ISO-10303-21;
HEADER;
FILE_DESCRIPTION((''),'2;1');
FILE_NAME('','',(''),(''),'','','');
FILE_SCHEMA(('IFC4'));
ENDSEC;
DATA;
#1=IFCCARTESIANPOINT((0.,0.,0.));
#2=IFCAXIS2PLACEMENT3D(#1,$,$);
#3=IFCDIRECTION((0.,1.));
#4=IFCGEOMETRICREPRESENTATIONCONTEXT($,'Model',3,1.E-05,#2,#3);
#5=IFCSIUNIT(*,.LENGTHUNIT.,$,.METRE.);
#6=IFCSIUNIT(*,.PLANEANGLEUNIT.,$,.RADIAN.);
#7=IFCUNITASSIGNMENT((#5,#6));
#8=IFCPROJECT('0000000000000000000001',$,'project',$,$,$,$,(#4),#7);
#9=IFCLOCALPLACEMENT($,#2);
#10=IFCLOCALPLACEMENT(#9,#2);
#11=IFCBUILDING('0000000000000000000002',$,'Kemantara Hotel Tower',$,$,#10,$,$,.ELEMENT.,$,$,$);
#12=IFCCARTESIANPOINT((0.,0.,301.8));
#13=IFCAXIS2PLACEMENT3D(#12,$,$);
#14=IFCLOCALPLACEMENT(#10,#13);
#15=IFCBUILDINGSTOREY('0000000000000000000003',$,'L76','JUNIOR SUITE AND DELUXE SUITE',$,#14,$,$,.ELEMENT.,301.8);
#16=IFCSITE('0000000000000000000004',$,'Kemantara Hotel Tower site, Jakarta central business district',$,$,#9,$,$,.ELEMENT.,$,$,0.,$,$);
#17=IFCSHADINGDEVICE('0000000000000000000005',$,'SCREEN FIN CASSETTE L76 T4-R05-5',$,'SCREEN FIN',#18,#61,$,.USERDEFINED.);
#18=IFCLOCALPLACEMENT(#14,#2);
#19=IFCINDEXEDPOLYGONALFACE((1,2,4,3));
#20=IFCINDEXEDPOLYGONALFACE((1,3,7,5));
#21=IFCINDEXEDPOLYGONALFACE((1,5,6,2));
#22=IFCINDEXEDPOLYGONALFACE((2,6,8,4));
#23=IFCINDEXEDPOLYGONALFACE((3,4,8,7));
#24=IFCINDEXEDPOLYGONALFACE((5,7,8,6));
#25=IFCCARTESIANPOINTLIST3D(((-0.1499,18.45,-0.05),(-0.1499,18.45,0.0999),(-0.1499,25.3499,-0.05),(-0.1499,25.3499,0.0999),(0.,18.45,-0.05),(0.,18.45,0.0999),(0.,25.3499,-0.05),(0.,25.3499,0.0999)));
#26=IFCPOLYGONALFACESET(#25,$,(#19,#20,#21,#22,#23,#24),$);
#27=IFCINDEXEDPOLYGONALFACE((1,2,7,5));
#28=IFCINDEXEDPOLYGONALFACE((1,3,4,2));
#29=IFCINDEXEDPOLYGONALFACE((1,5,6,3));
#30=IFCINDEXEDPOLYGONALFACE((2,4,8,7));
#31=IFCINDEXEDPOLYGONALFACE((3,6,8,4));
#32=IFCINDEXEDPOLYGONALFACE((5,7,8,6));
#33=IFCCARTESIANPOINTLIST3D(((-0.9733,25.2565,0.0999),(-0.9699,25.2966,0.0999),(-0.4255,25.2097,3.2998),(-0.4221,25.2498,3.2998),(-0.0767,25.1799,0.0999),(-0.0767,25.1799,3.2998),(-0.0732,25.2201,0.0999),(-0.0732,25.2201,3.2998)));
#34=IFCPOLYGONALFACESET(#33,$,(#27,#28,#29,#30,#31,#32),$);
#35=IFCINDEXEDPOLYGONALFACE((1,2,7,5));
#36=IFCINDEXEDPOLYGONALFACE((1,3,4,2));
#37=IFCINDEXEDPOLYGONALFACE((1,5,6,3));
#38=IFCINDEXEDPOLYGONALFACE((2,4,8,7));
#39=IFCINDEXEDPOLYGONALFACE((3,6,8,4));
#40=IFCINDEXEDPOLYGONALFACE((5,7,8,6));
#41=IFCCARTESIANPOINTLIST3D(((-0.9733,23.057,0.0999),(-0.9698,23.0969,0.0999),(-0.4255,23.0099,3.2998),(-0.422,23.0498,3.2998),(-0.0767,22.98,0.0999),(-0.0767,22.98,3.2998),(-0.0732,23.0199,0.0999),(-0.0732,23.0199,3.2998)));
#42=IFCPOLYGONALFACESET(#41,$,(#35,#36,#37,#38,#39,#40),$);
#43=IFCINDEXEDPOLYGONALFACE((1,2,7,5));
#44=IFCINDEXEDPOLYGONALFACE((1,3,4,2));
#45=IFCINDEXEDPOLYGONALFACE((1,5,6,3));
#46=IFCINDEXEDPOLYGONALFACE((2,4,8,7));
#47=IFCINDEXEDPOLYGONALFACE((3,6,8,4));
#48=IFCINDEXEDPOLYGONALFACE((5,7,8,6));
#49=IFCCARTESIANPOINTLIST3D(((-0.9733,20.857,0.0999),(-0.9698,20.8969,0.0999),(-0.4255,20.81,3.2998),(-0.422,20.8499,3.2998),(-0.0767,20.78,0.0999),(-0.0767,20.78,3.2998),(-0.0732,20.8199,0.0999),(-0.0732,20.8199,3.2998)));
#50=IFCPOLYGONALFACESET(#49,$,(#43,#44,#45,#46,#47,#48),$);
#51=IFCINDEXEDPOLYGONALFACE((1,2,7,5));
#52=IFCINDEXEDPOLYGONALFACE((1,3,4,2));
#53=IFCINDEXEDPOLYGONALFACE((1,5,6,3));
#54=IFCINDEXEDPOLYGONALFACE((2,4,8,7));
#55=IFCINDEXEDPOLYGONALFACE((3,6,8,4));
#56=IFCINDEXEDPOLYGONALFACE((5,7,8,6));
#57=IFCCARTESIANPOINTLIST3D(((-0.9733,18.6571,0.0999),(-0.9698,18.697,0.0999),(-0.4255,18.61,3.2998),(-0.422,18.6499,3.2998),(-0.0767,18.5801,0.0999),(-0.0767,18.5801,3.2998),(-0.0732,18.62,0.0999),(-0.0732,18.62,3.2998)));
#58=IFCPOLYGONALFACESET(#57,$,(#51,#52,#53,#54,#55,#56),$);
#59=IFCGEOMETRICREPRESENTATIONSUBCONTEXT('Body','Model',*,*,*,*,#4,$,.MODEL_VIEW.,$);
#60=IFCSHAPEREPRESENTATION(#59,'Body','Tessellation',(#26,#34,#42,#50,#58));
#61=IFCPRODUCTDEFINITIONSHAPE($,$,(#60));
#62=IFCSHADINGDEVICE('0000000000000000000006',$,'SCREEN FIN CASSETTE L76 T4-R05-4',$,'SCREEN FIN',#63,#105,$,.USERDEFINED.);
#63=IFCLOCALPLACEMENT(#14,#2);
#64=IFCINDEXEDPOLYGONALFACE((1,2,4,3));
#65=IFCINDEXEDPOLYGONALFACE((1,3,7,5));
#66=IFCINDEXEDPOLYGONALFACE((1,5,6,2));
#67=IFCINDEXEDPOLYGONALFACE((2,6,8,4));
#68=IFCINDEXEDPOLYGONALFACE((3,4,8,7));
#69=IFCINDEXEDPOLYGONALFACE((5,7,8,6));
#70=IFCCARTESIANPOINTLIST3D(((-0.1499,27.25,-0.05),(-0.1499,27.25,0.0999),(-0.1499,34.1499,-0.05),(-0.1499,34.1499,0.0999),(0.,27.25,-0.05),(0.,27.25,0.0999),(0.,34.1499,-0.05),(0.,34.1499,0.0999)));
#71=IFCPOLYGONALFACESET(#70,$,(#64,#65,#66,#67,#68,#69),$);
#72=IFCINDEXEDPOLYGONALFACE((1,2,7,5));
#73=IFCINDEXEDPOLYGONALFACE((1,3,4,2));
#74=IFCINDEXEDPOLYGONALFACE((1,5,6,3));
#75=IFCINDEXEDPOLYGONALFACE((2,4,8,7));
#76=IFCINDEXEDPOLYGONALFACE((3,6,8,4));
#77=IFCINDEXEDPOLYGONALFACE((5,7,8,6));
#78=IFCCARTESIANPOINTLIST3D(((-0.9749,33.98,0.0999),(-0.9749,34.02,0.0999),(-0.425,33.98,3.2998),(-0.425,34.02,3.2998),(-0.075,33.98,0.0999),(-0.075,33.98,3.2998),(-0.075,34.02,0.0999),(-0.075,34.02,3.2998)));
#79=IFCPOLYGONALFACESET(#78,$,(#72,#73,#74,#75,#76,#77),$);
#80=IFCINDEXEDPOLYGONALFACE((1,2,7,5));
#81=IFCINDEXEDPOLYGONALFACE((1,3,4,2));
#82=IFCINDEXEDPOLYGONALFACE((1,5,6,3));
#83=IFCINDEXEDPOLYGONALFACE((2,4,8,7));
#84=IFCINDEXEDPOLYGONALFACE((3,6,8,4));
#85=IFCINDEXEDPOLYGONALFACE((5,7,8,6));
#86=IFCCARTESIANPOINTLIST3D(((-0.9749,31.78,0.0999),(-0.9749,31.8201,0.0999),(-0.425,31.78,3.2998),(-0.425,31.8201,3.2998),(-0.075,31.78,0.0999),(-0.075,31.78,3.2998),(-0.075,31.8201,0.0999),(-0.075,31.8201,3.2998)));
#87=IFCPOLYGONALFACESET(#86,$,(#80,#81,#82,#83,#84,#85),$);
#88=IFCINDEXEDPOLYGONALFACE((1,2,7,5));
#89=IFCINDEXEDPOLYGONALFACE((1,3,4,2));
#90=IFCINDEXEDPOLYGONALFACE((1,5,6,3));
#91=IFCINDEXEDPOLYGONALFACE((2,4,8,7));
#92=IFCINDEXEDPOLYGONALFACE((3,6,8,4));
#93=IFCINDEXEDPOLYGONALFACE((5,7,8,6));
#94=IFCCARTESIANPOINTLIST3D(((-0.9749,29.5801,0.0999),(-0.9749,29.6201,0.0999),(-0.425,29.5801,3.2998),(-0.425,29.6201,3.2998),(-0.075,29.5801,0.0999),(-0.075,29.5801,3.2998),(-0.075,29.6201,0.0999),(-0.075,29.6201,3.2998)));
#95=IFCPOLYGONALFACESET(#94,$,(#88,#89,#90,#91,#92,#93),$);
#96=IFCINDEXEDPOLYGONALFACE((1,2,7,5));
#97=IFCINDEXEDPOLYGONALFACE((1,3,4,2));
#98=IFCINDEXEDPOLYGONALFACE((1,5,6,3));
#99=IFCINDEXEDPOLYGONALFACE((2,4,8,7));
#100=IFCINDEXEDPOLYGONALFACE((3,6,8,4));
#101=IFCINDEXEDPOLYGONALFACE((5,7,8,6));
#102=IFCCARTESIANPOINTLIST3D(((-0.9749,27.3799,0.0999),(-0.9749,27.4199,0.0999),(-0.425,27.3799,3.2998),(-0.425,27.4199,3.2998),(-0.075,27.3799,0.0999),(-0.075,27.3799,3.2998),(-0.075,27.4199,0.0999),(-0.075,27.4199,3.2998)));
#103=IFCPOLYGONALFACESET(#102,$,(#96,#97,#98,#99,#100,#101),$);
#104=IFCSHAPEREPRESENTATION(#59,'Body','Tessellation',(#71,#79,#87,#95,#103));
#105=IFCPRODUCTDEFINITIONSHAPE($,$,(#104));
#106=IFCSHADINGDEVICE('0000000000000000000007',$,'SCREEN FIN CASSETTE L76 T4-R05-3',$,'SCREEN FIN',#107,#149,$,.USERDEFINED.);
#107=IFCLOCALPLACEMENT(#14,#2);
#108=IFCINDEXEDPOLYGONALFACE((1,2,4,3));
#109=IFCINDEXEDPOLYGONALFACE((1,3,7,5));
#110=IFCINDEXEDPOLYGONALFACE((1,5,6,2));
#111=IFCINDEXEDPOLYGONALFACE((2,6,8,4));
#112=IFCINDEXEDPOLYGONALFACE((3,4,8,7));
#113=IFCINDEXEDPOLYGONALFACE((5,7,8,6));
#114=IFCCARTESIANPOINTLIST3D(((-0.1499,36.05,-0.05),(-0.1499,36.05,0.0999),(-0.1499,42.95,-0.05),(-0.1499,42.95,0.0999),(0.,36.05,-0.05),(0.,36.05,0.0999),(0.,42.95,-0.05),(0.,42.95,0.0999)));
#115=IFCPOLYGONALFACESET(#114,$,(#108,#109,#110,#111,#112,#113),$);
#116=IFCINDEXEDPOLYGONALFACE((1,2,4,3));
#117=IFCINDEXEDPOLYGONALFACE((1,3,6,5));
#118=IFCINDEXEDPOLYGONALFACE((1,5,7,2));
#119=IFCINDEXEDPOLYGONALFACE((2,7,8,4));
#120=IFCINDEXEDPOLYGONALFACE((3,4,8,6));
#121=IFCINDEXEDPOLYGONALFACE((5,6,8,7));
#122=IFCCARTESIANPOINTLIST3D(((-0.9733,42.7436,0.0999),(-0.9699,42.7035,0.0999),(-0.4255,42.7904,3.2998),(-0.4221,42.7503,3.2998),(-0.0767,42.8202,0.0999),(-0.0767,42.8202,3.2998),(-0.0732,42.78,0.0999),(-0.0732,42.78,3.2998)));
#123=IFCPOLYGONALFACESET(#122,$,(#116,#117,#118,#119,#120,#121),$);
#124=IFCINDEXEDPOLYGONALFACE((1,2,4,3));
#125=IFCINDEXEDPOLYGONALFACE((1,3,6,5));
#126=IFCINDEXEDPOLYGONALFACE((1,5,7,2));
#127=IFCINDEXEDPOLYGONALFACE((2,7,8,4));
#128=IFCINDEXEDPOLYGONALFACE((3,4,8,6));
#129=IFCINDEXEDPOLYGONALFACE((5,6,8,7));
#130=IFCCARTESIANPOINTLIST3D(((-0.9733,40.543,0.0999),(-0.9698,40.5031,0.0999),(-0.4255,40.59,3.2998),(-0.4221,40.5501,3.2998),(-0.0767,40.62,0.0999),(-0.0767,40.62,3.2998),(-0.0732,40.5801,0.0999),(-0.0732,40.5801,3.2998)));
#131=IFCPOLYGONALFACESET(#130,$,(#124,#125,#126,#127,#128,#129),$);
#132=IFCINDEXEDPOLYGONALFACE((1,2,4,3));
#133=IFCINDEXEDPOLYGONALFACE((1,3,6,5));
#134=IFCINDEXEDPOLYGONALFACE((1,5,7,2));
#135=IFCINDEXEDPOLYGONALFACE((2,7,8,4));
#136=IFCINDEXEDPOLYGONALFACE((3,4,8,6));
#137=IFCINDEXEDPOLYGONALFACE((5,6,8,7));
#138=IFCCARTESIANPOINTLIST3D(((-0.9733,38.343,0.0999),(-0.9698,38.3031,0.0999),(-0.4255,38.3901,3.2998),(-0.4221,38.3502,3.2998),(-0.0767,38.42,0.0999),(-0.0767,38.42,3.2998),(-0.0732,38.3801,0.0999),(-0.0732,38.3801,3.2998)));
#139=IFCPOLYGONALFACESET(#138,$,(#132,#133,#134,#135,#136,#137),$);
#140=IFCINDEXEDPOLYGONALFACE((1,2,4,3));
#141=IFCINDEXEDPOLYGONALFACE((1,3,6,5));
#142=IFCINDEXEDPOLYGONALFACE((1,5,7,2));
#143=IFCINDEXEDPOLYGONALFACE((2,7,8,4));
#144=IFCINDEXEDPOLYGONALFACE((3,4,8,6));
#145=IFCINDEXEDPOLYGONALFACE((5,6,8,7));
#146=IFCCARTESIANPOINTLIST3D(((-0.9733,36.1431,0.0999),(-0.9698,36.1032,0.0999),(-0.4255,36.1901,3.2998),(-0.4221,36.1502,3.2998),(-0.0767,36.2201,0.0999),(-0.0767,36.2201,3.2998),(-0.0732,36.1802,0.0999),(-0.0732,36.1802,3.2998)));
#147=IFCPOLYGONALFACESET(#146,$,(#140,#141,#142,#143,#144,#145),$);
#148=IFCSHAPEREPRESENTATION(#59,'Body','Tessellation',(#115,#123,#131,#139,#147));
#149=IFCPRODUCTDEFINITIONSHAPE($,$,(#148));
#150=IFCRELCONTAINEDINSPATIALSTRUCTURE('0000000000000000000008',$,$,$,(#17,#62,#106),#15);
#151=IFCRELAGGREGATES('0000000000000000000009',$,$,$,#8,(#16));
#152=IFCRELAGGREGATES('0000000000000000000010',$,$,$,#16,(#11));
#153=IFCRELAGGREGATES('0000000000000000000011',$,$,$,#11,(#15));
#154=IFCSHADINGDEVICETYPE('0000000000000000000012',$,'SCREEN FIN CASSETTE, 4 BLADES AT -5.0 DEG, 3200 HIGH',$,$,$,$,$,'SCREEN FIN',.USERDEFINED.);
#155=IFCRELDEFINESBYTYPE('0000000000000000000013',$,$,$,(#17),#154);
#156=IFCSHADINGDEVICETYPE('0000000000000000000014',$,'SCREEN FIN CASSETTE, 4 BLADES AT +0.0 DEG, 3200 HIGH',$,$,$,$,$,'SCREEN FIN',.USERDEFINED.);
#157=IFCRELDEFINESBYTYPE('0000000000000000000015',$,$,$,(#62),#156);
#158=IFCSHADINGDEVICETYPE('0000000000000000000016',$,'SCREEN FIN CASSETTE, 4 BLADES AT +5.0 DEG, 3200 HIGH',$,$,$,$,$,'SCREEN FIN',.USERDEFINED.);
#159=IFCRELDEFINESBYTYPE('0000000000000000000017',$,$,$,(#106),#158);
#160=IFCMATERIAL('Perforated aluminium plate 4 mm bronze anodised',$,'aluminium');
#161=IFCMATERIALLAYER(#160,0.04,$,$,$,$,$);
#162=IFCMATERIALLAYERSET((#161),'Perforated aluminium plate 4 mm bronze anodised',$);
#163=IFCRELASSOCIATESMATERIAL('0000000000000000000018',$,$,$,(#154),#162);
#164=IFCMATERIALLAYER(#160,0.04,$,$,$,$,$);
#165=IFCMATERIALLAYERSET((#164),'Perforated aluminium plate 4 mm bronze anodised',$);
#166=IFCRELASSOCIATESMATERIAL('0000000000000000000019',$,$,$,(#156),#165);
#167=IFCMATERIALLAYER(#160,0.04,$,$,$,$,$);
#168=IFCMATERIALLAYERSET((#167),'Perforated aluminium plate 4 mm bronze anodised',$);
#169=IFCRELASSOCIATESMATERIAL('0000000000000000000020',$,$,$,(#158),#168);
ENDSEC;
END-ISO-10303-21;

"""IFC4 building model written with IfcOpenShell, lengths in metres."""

from ifc_helpers import new_model, si_unit, direction, frame, origin, origin_2d, place, context, subcontext, project, spatial, polyline, rectangle, outline, extrude, source, transform, mapped, material, layer, layer_set, type_object, element, save


model = new_model("IFC4")

# Units and contexts
model_context = context("Model", 3, precision=1e-05, world=origin(), true_north=direction((0.0, 1.0)))
body_context = subcontext(model_context, "Body", "Model", "MODEL_VIEW")
ifc_project = project(units=[si_unit("LENGTHUNIT", "METRE"), si_unit("PLANEANGLEUNIT", "RADIAN")], contexts=[model_context])

# Site, building, storey
site_placement = place(None, origin())
site = spatial("IfcSite", under=ifc_project, at=site_placement, Name="Kemantara Hotel Tower site, Jakarta central business district", CompositionType="ELEMENT", RefElevation=0.0)
building_placement = place(site_placement, origin())
building = spatial("IfcBuilding", under=site, at=building_placement, Name="Kemantara Hotel Tower", CompositionType="ELEMENT")
storey_placement = place(building_placement, frame((0.0, 0.0, 301.8)))
storey = spatial("IfcBuildingStorey", under=building, at=storey_placement, Name="L76", Description="JUNIOR SUITE AND DELUXE SUITE", CompositionType="ELEMENT", Elevation=301.8)

# Shading devices
ifc_material_1 = material(Name="Perforated aluminium plate 4 mm bronze anodised", Category="aluminium")
ifc_layer_1 = layer(ifc_material_1, 0.04)
ifc_layer_set_1 = layer_set([ifc_layer_1], Name="Perforated aluminium plate 4 mm bronze anodised")
shading_device_type_1 = type_object("IfcShadingDeviceType", Name="SCREEN FIN CASSETTE, 4 BLADES AT -5.0 DEG, 3200 HIGH", ElementType="SCREEN FIN", PredefinedType="USERDEFINED", material=ifc_layer_set_1)
shared_shape_1 = source(origin(), body_context, "Body", "SweptSolid", [
    extrude(rectangle(XDim=6.8999, YDim=0.1499, at=origin_2d()), frame((3.3, -0.075, -0.1499), z_axis=(0.0, 0.0, 1.0), x_axis=(1.0, 0.0, 0.0)), (0.0, 0.0, 1.0), 0.1499),
    extrude(outline(polyline([(0.0, 0.0), (0.8999, 0.0), (0.3501, 3.2), (0.0, 3.2), (0.0, 0.0)])), frame((0.02, -0.0767, 0.0), z_axis=(-0.996376, 0.085056, 0.0), x_axis=(-0.085056, -0.996376, 0.0)), (0.0, 0.0, 1.0), 0.0403),
    extrude(outline(polyline([(0.0, 0.0), (0.8999, 0.0), (0.3501, 3.2), (0.0, 3.2), (0.0, 0.0)])), frame((2.22, -0.0767, 0.0), z_axis=(-0.996332, 0.085575, 0.0), x_axis=(-0.085575, -0.996332, 0.0)), (0.0, 0.0, 1.0), 0.04),
    extrude(outline(polyline([(0.0, 0.0), (0.8999, 0.0), (0.3501, 3.2), (0.0, 3.2), (0.0, 0.0)])), frame((4.4199, -0.0767, 0.0), z_axis=(-0.996332, 0.085575, 0.0), x_axis=(-0.085575, -0.996332, 0.0)), (0.0, 0.0, 1.0), 0.04),
    extrude(outline(polyline([(0.0, 0.0), (0.8999, 0.0), (0.3501, 3.2), (0.0, 3.2), (0.0, 0.0)])), frame((6.6199, -0.0767, 0.0), z_axis=(-0.996332, 0.085575, 0.0), x_axis=(-0.085575, -0.996332, 0.0)), (0.0, 0.0, 1.0), 0.04),
])
shading_device_1_placement = place(storey_placement, frame((0.0, 25.2, 0.0999), z_axis=(0.0, 0.0, 1.0), x_axis=(0.0, -1.0, 0.0)))
element("IfcShadingDevice", 1, at=shading_device_1_placement, inside=storey, type_object=shading_device_type_1, Name="SCREEN FIN CASSETTE L76 T4-R05-5", ObjectType="SCREEN FIN", PredefinedType="USERDEFINED", context=body_context, shape_type="MappedRepresentation", body=[
    mapped(shared_shape_1, transform((0.0, 0.0, 0.0))),
])
ifc_layer_2 = layer(ifc_material_1, 0.04)
ifc_layer_set_2 = layer_set([ifc_layer_2], Name="Perforated aluminium plate 4 mm bronze anodised")
shading_device_type_2 = type_object("IfcShadingDeviceType", Name="SCREEN FIN CASSETTE, 4 BLADES AT +0.0 DEG, 3200 HIGH", ElementType="SCREEN FIN", PredefinedType="USERDEFINED", material=ifc_layer_set_2)
shared_shape_2 = source(origin(), body_context, "Body", "SweptSolid", [
    extrude(rectangle(XDim=6.8999, YDim=0.1499, at=origin_2d()), frame((3.3, -0.075, -0.1499), z_axis=(0.0, 0.0, 1.0), x_axis=(1.0, 0.0, 0.0)), (0.0, 0.0, 1.0), 0.1499),
    extrude(outline(polyline([(0.0, 0.0), (0.8999, 0.0), (0.3501, 3.2), (0.0, 3.2), (0.0, 0.0)])), frame((0.02, -0.075, 0.0), z_axis=(-1.0, 0.0, 0.0), x_axis=(0.0, -1.0, 0.0)), (0.0, 0.0, 1.0), 0.04),
    extrude(outline(polyline([(0.0, 0.0), (0.8999, 0.0), (0.3501, 3.2), (0.0, 3.2), (0.0, 0.0)])), frame((2.22, -0.075, 0.0), z_axis=(-1.0, 0.0, 0.0), x_axis=(0.0, -1.0, 0.0)), (0.0, 0.0, 1.0), 0.04),
    extrude(outline(polyline([(0.0, 0.0), (0.8999, 0.0), (0.3501, 3.2), (0.0, 3.2), (0.0, 0.0)])), frame((4.4199, -0.075, 0.0), z_axis=(-1.0, 0.0, 0.0), x_axis=(0.0, -1.0, 0.0)), (0.0, 0.0, 1.0), 0.04),
    extrude(outline(polyline([(0.0, 0.0), (0.8999, 0.0), (0.3501, 3.2), (0.0, 3.2), (0.0, 0.0)])), frame((6.6201, -0.075, 0.0), z_axis=(-1.0, 0.0, 0.0), x_axis=(0.0, -1.0, 0.0)), (0.0, 0.0, 1.0), 0.04),
])
shading_device_2_placement = place(storey_placement, frame((0.0, 34.0, 0.0999), z_axis=(0.0, 0.0, 1.0), x_axis=(0.0, -1.0, 0.0)))
element("IfcShadingDevice", 2, at=shading_device_2_placement, inside=storey, type_object=shading_device_type_2, Name="SCREEN FIN CASSETTE L76 T4-R05-4", ObjectType="SCREEN FIN", PredefinedType="USERDEFINED", context=body_context, shape_type="MappedRepresentation", body=[
    mapped(shared_shape_2, transform((0.0, 0.0, 0.0))),
])
ifc_layer_3 = layer(ifc_material_1, 0.04)
ifc_layer_set_3 = layer_set([ifc_layer_3], Name="Perforated aluminium plate 4 mm bronze anodised")
shading_device_type_3 = type_object("IfcShadingDeviceType", Name="SCREEN FIN CASSETTE, 4 BLADES AT +5.0 DEG, 3200 HIGH", ElementType="SCREEN FIN", PredefinedType="USERDEFINED", material=ifc_layer_set_3)
shared_shape_3 = source(origin(), body_context, "Body", "SweptSolid", [
    extrude(rectangle(XDim=6.8999, YDim=0.1499, at=origin_2d()), frame((3.3, -0.075, -0.1499), z_axis=(0.0, 0.0, 1.0), x_axis=(1.0, 0.0, 0.0)), (0.0, 0.0, 1.0), 0.1499),
    extrude(outline(polyline([(0.0, 0.0), (0.8999, 0.0), (0.3501, 3.2), (0.0, 3.2), (0.0, 0.0)])), frame((0.02, -0.0732, 0.0), z_axis=(-0.996376, -0.085056, 0.0), x_axis=(0.085056, -0.996376, 0.0)), (0.0, 0.0, 1.0), 0.0403),
    extrude(outline(polyline([(0.0, 0.0), (0.8999, 0.0), (0.3501, 3.2), (0.0, 3.2), (0.0, 0.0)])), frame((2.22, -0.0732, 0.0), z_axis=(-0.996332, -0.085575, 0.0), x_axis=(0.085575, -0.996332, 0.0)), (0.0, 0.0, 1.0), 0.04),
    extrude(outline(polyline([(0.0, 0.0), (0.8999, 0.0), (0.3501, 3.2), (0.0, 3.2), (0.0, 0.0)])), frame((4.4199, -0.0732, 0.0), z_axis=(-0.996332, -0.085575, 0.0), x_axis=(0.085575, -0.996332, 0.0)), (0.0, 0.0, 1.0), 0.04),
    extrude(outline(polyline([(0.0, 0.0), (0.8999, 0.0), (0.3501, 3.2), (0.0, 3.2), (0.0, 0.0)])), frame((6.6199, -0.0732, 0.0), z_axis=(-0.996332, -0.085575, 0.0), x_axis=(0.085575, -0.996332, 0.0)), (0.0, 0.0, 1.0), 0.04),
])
shading_device_3_placement = place(storey_placement, frame((0.0, 42.8, 0.0999), z_axis=(0.0, 0.0, 1.0), x_axis=(0.0, -1.0, 0.0)))
element("IfcShadingDevice", 3, at=shading_device_3_placement, inside=storey, type_object=shading_device_type_3, Name="SCREEN FIN CASSETTE L76 T4-R05-3", ObjectType="SCREEN FIN", PredefinedType="USERDEFINED", context=body_context, shape_type="MappedRepresentation", body=[
    mapped(shared_shape_3, transform((0.0, 0.0, 0.0))),
])

save(model, "model.ifc")
